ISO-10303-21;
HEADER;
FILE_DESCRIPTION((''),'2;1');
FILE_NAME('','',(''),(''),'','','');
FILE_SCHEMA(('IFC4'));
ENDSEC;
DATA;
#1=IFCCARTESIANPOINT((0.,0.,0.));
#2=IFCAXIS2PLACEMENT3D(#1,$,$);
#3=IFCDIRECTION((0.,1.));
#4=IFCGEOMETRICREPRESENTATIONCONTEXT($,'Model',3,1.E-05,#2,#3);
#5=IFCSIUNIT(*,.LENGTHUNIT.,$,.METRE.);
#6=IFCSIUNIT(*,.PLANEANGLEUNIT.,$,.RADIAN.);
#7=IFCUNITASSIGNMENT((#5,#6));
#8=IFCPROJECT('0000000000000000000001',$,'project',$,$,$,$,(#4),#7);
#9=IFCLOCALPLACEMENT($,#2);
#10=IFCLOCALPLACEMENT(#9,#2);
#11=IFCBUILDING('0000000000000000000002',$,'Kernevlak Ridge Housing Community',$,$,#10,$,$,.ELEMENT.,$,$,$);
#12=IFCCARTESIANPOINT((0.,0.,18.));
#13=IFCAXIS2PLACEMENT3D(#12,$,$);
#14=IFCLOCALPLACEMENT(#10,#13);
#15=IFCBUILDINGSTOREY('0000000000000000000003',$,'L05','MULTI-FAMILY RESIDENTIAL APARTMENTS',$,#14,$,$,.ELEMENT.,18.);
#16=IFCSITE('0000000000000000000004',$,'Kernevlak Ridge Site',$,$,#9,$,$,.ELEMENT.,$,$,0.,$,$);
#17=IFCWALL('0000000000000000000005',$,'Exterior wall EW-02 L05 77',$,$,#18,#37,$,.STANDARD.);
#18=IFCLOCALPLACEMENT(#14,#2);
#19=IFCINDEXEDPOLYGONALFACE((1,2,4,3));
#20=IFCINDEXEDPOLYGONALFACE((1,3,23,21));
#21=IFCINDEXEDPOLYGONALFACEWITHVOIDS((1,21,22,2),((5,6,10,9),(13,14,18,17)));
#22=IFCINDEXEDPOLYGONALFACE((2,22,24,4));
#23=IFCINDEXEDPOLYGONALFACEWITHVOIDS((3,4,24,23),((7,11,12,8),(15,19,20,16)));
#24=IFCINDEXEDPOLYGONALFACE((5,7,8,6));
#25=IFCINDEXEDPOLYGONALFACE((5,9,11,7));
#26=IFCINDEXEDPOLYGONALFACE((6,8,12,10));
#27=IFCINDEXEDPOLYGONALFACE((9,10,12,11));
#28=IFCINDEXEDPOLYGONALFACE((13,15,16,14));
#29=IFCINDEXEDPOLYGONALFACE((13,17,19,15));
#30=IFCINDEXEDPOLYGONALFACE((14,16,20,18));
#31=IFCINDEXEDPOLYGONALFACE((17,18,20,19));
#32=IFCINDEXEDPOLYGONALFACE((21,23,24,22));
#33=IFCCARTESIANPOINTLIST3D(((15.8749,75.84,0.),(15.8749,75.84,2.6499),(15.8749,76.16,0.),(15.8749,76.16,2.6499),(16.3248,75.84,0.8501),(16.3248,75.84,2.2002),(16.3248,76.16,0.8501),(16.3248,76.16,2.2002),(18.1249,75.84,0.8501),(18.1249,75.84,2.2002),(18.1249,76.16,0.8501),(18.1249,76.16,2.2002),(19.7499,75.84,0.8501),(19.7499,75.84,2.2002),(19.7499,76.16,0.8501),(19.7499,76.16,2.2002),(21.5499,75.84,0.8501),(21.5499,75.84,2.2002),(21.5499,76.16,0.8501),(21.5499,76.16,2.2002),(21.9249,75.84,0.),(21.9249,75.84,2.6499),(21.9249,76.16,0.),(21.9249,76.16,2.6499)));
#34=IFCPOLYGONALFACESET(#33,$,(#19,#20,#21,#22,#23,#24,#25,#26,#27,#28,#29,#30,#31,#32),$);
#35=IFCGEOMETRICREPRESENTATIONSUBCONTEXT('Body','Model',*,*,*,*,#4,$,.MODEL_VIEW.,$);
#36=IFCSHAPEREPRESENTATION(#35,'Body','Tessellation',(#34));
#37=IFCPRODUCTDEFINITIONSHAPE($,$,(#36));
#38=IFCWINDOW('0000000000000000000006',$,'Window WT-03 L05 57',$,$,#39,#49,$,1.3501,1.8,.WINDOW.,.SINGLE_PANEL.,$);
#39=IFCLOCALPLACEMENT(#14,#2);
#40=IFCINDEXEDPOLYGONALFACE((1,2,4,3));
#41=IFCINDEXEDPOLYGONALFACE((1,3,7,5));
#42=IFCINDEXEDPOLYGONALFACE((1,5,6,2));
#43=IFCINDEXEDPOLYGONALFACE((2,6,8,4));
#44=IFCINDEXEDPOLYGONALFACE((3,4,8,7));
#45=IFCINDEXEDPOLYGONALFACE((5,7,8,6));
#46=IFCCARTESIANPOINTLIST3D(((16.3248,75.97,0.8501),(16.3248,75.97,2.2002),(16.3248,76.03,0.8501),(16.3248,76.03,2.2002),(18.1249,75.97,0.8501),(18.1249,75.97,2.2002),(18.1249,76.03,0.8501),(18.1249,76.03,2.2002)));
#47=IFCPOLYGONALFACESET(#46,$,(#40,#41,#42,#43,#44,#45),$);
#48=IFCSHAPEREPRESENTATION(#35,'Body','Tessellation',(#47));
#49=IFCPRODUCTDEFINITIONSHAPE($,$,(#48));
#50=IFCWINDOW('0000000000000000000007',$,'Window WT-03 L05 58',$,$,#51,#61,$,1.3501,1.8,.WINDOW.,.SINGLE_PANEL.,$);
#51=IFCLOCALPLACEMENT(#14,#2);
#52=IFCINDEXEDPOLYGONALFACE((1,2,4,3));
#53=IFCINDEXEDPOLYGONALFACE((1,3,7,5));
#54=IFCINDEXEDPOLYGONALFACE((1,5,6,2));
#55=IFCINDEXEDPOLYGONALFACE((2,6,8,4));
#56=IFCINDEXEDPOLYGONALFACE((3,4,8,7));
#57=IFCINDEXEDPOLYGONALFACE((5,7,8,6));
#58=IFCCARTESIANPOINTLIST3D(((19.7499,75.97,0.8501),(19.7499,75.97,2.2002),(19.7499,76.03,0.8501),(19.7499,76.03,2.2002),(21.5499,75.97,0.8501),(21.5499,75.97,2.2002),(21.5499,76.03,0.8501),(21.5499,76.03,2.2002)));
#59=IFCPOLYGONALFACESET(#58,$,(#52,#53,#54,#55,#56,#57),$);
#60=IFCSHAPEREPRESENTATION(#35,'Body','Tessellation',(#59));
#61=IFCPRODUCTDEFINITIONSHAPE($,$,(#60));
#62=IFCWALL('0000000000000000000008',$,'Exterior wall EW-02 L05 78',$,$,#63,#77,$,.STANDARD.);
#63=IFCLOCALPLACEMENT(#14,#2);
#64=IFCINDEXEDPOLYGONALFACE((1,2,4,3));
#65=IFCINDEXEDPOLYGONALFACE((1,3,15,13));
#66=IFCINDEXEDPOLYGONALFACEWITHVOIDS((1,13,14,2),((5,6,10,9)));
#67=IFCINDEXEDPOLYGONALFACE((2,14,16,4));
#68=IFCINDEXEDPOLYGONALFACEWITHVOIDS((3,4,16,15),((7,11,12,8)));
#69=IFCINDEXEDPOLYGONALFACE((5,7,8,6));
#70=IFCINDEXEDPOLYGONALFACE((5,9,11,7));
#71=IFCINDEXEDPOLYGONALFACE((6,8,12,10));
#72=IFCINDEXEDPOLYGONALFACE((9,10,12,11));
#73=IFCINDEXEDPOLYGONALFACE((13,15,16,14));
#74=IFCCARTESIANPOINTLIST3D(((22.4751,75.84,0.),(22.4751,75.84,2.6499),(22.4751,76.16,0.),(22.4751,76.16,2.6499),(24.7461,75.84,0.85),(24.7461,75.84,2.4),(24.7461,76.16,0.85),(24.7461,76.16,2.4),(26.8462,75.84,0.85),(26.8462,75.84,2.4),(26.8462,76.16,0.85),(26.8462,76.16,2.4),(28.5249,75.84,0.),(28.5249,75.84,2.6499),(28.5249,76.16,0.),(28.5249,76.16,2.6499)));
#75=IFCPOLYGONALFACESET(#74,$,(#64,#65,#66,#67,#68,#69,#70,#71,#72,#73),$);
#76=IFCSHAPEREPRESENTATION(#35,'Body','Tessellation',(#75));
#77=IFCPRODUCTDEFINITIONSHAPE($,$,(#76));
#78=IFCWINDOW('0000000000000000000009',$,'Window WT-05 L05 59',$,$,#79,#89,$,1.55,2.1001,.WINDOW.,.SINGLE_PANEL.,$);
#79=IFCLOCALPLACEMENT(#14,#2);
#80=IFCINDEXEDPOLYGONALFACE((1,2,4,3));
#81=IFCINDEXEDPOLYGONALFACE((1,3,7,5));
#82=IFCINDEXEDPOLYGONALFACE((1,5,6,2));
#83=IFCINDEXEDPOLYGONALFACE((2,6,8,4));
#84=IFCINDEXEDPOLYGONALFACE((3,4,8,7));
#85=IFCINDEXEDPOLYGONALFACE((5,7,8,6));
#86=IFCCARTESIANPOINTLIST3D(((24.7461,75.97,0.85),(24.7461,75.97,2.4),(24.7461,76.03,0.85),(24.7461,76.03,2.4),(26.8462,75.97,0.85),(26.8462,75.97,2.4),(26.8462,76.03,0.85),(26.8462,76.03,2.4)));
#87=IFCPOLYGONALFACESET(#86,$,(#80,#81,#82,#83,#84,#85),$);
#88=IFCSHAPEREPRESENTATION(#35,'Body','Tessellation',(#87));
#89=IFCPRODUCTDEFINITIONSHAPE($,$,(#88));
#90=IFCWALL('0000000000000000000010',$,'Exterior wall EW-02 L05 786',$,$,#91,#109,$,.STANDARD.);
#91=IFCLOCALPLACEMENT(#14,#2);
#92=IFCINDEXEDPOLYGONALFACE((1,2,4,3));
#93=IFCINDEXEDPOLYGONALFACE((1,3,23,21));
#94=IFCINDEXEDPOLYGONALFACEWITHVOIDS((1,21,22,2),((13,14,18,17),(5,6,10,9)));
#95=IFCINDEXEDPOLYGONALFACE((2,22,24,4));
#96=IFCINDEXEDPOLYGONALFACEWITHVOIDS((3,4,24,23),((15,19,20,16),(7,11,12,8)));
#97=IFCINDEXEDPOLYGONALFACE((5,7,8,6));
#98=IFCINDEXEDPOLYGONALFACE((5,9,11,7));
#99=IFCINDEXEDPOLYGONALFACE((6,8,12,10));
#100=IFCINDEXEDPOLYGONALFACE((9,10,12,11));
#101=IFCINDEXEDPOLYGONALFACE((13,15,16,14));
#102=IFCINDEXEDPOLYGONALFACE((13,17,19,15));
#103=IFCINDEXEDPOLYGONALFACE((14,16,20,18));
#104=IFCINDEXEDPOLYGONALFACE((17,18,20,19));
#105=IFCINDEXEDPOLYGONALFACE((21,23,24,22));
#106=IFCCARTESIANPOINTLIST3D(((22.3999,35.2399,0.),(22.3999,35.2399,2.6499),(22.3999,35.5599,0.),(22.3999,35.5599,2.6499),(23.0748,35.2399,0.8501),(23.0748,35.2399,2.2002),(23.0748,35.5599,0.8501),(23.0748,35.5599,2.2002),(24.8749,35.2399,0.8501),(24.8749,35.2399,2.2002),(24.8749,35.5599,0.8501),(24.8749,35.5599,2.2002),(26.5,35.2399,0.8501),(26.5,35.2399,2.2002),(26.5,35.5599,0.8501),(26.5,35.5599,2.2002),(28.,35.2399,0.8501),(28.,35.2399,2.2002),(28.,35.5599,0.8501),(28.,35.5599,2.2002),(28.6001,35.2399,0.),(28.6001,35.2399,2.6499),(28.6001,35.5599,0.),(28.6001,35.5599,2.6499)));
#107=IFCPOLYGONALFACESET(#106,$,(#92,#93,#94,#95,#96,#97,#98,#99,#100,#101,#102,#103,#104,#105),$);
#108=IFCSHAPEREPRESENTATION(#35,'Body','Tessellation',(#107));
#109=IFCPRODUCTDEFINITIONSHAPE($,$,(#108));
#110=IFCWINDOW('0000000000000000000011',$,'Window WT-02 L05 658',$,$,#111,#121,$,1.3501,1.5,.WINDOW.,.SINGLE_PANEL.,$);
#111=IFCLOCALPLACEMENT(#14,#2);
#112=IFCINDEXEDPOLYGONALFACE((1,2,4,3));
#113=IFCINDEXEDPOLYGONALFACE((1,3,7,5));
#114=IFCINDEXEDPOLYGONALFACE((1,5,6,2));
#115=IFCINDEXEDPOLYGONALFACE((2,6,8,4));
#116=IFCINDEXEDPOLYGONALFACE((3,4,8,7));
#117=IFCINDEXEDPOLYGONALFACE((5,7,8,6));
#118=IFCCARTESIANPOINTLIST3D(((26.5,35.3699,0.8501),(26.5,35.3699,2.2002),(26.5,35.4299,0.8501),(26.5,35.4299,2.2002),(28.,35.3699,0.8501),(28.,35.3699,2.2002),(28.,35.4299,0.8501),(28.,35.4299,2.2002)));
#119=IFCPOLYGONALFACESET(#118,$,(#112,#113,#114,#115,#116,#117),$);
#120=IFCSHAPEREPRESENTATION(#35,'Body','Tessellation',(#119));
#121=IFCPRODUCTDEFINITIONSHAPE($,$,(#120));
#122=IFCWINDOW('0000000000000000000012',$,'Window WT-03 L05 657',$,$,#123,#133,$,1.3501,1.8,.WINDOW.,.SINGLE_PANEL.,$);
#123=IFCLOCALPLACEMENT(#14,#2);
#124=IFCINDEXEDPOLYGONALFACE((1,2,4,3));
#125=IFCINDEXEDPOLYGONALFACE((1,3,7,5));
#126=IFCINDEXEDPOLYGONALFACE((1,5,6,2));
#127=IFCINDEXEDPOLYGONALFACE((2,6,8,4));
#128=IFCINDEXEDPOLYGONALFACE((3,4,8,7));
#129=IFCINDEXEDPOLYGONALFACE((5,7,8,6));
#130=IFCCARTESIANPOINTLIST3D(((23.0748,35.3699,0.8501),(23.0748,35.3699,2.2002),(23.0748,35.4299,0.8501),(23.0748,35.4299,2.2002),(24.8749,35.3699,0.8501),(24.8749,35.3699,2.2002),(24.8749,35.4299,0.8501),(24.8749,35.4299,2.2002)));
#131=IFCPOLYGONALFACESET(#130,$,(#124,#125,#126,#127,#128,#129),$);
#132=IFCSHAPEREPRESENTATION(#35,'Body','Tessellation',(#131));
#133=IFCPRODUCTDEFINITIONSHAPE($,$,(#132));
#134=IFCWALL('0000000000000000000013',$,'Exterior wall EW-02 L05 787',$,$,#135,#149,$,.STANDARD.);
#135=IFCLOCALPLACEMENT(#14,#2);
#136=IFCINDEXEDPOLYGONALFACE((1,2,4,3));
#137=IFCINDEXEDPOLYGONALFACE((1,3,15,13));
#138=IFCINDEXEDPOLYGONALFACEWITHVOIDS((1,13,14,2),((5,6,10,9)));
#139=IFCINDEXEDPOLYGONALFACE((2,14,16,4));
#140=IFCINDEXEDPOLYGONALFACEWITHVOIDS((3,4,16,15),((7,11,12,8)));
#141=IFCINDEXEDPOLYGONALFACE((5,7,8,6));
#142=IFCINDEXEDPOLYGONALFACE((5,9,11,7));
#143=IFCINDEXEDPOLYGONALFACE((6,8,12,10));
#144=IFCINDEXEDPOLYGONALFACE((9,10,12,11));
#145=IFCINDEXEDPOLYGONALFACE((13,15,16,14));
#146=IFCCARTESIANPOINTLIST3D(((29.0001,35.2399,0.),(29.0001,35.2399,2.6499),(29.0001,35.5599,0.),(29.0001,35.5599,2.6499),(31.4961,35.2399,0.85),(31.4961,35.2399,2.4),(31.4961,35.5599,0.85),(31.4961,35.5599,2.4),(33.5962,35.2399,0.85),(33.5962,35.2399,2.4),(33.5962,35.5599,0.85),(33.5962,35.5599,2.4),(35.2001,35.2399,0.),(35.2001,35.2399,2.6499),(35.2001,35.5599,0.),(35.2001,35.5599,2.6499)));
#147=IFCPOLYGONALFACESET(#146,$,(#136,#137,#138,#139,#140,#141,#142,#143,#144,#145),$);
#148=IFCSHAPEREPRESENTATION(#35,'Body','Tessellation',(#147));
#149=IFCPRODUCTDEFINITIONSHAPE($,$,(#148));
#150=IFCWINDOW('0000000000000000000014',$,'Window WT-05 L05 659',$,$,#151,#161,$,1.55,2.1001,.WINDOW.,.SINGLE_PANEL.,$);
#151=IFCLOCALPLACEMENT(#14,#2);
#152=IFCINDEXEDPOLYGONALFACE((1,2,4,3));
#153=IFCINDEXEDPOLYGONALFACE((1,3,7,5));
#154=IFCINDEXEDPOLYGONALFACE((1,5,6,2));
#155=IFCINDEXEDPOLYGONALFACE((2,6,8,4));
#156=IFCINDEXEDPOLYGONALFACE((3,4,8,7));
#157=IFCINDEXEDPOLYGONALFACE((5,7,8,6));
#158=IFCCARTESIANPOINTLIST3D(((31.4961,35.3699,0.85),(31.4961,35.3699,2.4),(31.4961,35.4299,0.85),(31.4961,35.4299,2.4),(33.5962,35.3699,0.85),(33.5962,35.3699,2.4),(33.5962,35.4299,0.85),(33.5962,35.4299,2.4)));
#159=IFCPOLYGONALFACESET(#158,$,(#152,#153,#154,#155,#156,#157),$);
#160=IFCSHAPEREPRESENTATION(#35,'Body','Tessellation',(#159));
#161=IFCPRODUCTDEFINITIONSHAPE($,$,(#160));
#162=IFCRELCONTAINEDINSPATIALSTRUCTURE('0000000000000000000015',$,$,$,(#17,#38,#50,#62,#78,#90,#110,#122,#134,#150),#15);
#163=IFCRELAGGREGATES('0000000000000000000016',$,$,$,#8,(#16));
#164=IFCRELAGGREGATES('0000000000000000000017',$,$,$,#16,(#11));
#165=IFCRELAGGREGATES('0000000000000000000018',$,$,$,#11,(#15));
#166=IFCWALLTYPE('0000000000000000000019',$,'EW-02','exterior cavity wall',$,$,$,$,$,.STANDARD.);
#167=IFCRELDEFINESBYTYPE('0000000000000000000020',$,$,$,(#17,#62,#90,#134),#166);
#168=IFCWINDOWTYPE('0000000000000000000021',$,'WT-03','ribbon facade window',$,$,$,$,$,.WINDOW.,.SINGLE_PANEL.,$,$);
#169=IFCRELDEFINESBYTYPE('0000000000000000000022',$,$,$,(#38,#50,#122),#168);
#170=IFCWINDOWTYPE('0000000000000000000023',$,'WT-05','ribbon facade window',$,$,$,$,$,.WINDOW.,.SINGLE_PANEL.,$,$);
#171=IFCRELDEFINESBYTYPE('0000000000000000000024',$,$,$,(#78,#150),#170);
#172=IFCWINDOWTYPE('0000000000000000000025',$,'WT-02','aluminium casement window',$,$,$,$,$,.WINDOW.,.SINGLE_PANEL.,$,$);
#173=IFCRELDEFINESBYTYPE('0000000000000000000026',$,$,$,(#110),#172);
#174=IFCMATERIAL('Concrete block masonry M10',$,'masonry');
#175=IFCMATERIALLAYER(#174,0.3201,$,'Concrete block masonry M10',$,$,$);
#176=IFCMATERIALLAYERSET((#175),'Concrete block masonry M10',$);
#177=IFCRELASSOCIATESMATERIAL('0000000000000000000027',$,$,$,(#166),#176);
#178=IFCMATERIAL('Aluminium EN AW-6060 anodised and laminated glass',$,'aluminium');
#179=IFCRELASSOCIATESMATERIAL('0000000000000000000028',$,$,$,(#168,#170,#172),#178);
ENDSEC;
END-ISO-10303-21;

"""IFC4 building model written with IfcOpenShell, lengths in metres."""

from ifc_helpers import new_model, si_unit, direction, frame, frame_2d, origin, place, context, subcontext, project, spatial, rectangle, extrude, material, layer, layer_set, type_object, element, fill, save


model = new_model("IFC4")

# Units and contexts
model_context = context("Model", 3, precision=1e-05, world=origin(), true_north=direction((0.0, 1.0)))
body_context = subcontext(model_context, "Body", "Model", "MODEL_VIEW")
ifc_project = project(units=[si_unit("LENGTHUNIT", "METRE"), si_unit("PLANEANGLEUNIT", "RADIAN")], contexts=[model_context])

# Site, building, storey
site_placement = place(None, origin())
site = spatial("IfcSite", under=ifc_project, at=site_placement, Name="Kernevlak Ridge Site", CompositionType="ELEMENT", RefElevation=0.0)
building_placement = place(site_placement, origin())
building = spatial("IfcBuilding", under=site, at=building_placement, Name="Kernevlak Ridge Housing Community", CompositionType="ELEMENT")
storey_placement = place(building_placement, frame((0.0, 0.0, 18.0)))
storey = spatial("IfcBuildingStorey", under=building, at=storey_placement, Name="L05", Description="MULTI-FAMILY RESIDENTIAL APARTMENTS", CompositionType="ELEMENT", Elevation=18.0)

# Wall, openings, windows
ifc_material_1 = material(Name="Concrete block masonry M10", Category="masonry")
ifc_layer_1 = layer(ifc_material_1, 0.3201, Name="Concrete block masonry M10")
ifc_layer_set_1 = layer_set([ifc_layer_1], Name="Concrete block masonry M10")
wall_type = type_object("IfcWallType", Name="EW-02", Description="exterior cavity wall", PredefinedType="STANDARD", material=ifc_layer_set_1)
wall_1_placement = place(storey_placement, frame((15.875, 76.0, 0.0), z_axis=(0.0, 0.0, 1.0), x_axis=(1.0, 0.0, 0.0)))
wall_1 = element("IfcWall", 1, at=wall_1_placement, inside=storey, type_object=wall_type, Name="Exterior wall EW-02 L05 77", PredefinedType="STANDARD", context=body_context, shape_type="SweptSolid", body=[
    extrude(rectangle(XDim=6.05, YDim=0.3201, at=frame_2d((3.0249, 0.0))), origin(), (0.0, 0.0, 1.0), 2.6499),
])
opening_1_placement = place(wall_1_placement, frame((0.45, 0.0, 0.8501)))
opening_1 = element("IfcOpeningElement", 2, at=opening_1_placement, cuts=wall_1, PredefinedType="OPENING", context=body_context, shape_type="SweptSolid", body=[
    extrude(rectangle(XDim=1.8, YDim=1.3501, at=frame_2d((0.8999, 0.675))), frame((0.0, 0.1699, 0.0), z_axis=(0.0, -1.0, 0.0), x_axis=(1.0, 0.0, 0.0)), (0.0, 0.0, 1.0), 0.3401),
])
opening_2_placement = place(wall_1_placement, frame((3.875, 0.0, 0.8501)))
opening_2 = element("IfcOpeningElement", 3, at=opening_2_placement, cuts=wall_1, PredefinedType="OPENING", context=body_context, shape_type="SweptSolid", body=[
    extrude(rectangle(XDim=1.8, YDim=1.3501, at=frame_2d((0.8999, 0.675))), frame((0.0, 0.1699, 0.0), z_axis=(0.0, -1.0, 0.0), x_axis=(1.0, 0.0, 0.0)), (0.0, 0.0, 1.0), 0.3401),
])
ifc_material_2 = material(Name="Aluminium EN AW-6060 anodised and laminated glass", Category="aluminium")
window_type_1 = type_object("IfcWindowType", Name="WT-03", Description="ribbon facade window", PartitioningType="SINGLE_PANEL", PredefinedType="WINDOW", material=ifc_material_2)
window_1_placement = place(opening_1_placement, origin())
window_1 = element("IfcWindow", 4, at=window_1_placement, inside=storey, type_object=window_type_1, Name="Window WT-03 L05 57", OverallHeight=1.3501, OverallWidth=1.8, PartitioningType="SINGLE_PANEL", PredefinedType="WINDOW", context=body_context, shape_type="SweptSolid", body=[
    extrude(rectangle(XDim=1.8, YDim=1.3501, at=frame_2d((0.8999, 0.675))), frame((0.0, 0.03, 0.0), z_axis=(0.0, -1.0, 0.0), x_axis=(1.0, 0.0, 0.0)), (0.0, 0.0, 1.0), 0.0601),
])
fill(opening_1, window_1)
window_2_placement = place(opening_2_placement, origin())
window_2 = element("IfcWindow", 5, at=window_2_placement, inside=storey, type_object=window_type_1, Name="Window WT-03 L05 58", OverallHeight=1.3501, OverallWidth=1.8, PartitioningType="SINGLE_PANEL", PredefinedType="WINDOW", context=body_context, shape_type="SweptSolid", body=[
    extrude(rectangle(XDim=1.8, YDim=1.3501, at=frame_2d((0.8999, 0.675))), frame((0.0, 0.03, 0.0), z_axis=(0.0, -1.0, 0.0), x_axis=(1.0, 0.0, 0.0)), (0.0, 0.0, 1.0), 0.0601),
])
fill(opening_2, window_2)

# Wall, opening, window
wall_2_placement = place(storey_placement, frame((22.4751, 76.0, 0.0), z_axis=(0.0, 0.0, 1.0), x_axis=(1.0, 0.0, 0.0)))
wall_2 = element("IfcWall", 6, at=wall_2_placement, inside=storey, type_object=wall_type, Name="Exterior wall EW-02 L05 78", PredefinedType="STANDARD", context=body_context, shape_type="SweptSolid", body=[
    extrude(rectangle(XDim=6.0498, YDim=0.3201, at=frame_2d((3.0249, 0.0))), origin(), (0.0, 0.0, 1.0), 2.6499),
])
opening_3_placement = place(wall_2_placement, frame((2.271, 0.0, 0.8501)))
opening_3 = element("IfcOpeningElement", 7, at=opening_3_placement, cuts=wall_2, PredefinedType="OPENING", context=body_context, shape_type="SweptSolid", body=[
    extrude(rectangle(XDim=2.1001, YDim=1.55, at=frame_2d((1.05, 0.7749))), frame((0.0, 0.1699, 0.0), z_axis=(0.0, -1.0, 0.0), x_axis=(1.0, 0.0, 0.0)), (0.0, 0.0, 1.0), 0.3401),
])
window_type_2 = type_object("IfcWindowType", Name="WT-05", Description="ribbon facade window", PartitioningType="SINGLE_PANEL", PredefinedType="WINDOW", material=ifc_material_2)
window_3_placement = place(opening_3_placement, origin())
window_3 = element("IfcWindow", 8, at=window_3_placement, inside=storey, type_object=window_type_2, Name="Window WT-05 L05 59", OverallHeight=1.55, OverallWidth=2.1001, PartitioningType="SINGLE_PANEL", PredefinedType="WINDOW", context=body_context, shape_type="SweptSolid", body=[
    extrude(rectangle(XDim=2.1001, YDim=1.55, at=frame_2d((1.05, 0.7749))), frame((0.0, 0.03, 0.0), z_axis=(0.0, -1.0, 0.0), x_axis=(1.0, 0.0, 0.0)), (0.0, 0.0, 1.0), 0.0601),
])
fill(opening_3, window_3)

# Wall, openings, windows
wall_3_placement = place(storey_placement, frame((22.3999, 35.3999, 0.0), z_axis=(0.0, 0.0, 1.0), x_axis=(1.0, 0.0, 0.0)))
wall_3 = element("IfcWall", 9, at=wall_3_placement, inside=storey, type_object=wall_type, Name="Exterior wall EW-02 L05 786", PredefinedType="STANDARD", context=body_context, shape_type="SweptSolid", body=[
    extrude(rectangle(XDim=6.2002, YDim=0.3201, at=frame_2d((3.1001, 0.0))), origin(), (0.0, 0.0, 1.0), 2.6499),
])
opening_4_placement = place(wall_3_placement, frame((0.675, 0.0, 0.8501)))
opening_4 = element("IfcOpeningElement", 10, at=opening_4_placement, cuts=wall_3, PredefinedType="OPENING", context=body_context, shape_type="SweptSolid", body=[
    extrude(rectangle(XDim=1.8, YDim=1.3501, at=frame_2d((0.8999, 0.675))), frame((0.0, 0.1699, 0.0), z_axis=(0.0, -1.0, 0.0), x_axis=(1.0, 0.0, 0.0)), (0.0, 0.0, 1.0), 0.3401),
])
opening_5_placement = place(wall_3_placement, frame((4.1001, 0.0, 0.8501)))
opening_5 = element("IfcOpeningElement", 11, at=opening_5_placement, cuts=wall_3, PredefinedType="OPENING", context=body_context, shape_type="SweptSolid", body=[
    extrude(rectangle(XDim=1.5, YDim=1.3501, at=frame_2d((0.75, 0.675))), frame((0.0, 0.1699, 0.0), z_axis=(0.0, -1.0, 0.0), x_axis=(1.0, 0.0, 0.0)), (0.0, 0.0, 1.0), 0.3401),
])
window_type_3 = type_object("IfcWindowType", Name="WT-02", Description="aluminium casement window", PartitioningType="SINGLE_PANEL", PredefinedType="WINDOW", material=ifc_material_2)
window_4_placement = place(opening_5_placement, origin())
window_4 = element("IfcWindow", 12, at=window_4_placement, inside=storey, type_object=window_type_3, Name="Window WT-02 L05 658", OverallHeight=1.3501, OverallWidth=1.5, PartitioningType="SINGLE_PANEL", PredefinedType="WINDOW", context=body_context, shape_type="SweptSolid", body=[
    extrude(rectangle(XDim=1.5, YDim=1.3501, at=frame_2d((0.75, 0.675))), frame((0.0, 0.03, 0.0), z_axis=(0.0, -1.0, 0.0), x_axis=(1.0, 0.0, 0.0)), (0.0, 0.0, 1.0), 0.0601),
])
fill(opening_5, window_4)
window_5_placement = place(opening_4_placement, origin())
window_5 = element("IfcWindow", 13, at=window_5_placement, inside=storey, type_object=window_type_1, Name="Window WT-03 L05 657", OverallHeight=1.3501, OverallWidth=1.8, PartitioningType="SINGLE_PANEL", PredefinedType="WINDOW", context=body_context, shape_type="SweptSolid", body=[
    extrude(rectangle(XDim=1.8, YDim=1.3501, at=frame_2d((0.8999, 0.675))), frame((0.0, 0.03, 0.0), z_axis=(0.0, -1.0, 0.0), x_axis=(1.0, 0.0, 0.0)), (0.0, 0.0, 1.0), 0.0601),
])
fill(opening_4, window_5)

# Wall, opening, window
wall_4_placement = place(storey_placement, frame((29.0, 35.3999, 0.0), z_axis=(0.0, 0.0, 1.0), x_axis=(1.0, 0.0, 0.0)))
wall_4 = element("IfcWall", 14, at=wall_4_placement, inside=storey, type_object=wall_type, Name="Exterior wall EW-02 L05 787", PredefinedType="STANDARD", context=body_context, shape_type="SweptSolid", body=[
    extrude(rectangle(XDim=6.2, YDim=0.3201, at=frame_2d((3.1001, 0.0))), origin(), (0.0, 0.0, 1.0), 2.6499),
])
opening_6_placement = place(wall_4_placement, frame((2.4961, 0.0, 0.8501)))
opening_6 = element("IfcOpeningElement", 15, at=opening_6_placement, cuts=wall_4, PredefinedType="OPENING", context=body_context, shape_type="SweptSolid", body=[
    extrude(rectangle(XDim=2.1001, YDim=1.55, at=frame_2d((1.05, 0.7749))), frame((0.0, 0.1699, 0.0), z_axis=(0.0, -1.0, 0.0), x_axis=(1.0, 0.0, 0.0)), (0.0, 0.0, 1.0), 0.3401),
])
window_6_placement = place(opening_6_placement, origin())
window_6 = element("IfcWindow", 16, at=window_6_placement, inside=storey, type_object=window_type_2, Name="Window WT-05 L05 659", OverallHeight=1.55, OverallWidth=2.1001, PartitioningType="SINGLE_PANEL", PredefinedType="WINDOW", context=body_context, shape_type="SweptSolid", body=[
    extrude(rectangle(XDim=2.1001, YDim=1.55, at=frame_2d((1.05, 0.7749))), frame((0.0, 0.03, 0.0), z_axis=(0.0, -1.0, 0.0), x_axis=(1.0, 0.0, 0.0)), (0.0, 0.0, 1.0), 0.0601),
])
fill(opening_6, window_6)

save(model, "model.ifc")
